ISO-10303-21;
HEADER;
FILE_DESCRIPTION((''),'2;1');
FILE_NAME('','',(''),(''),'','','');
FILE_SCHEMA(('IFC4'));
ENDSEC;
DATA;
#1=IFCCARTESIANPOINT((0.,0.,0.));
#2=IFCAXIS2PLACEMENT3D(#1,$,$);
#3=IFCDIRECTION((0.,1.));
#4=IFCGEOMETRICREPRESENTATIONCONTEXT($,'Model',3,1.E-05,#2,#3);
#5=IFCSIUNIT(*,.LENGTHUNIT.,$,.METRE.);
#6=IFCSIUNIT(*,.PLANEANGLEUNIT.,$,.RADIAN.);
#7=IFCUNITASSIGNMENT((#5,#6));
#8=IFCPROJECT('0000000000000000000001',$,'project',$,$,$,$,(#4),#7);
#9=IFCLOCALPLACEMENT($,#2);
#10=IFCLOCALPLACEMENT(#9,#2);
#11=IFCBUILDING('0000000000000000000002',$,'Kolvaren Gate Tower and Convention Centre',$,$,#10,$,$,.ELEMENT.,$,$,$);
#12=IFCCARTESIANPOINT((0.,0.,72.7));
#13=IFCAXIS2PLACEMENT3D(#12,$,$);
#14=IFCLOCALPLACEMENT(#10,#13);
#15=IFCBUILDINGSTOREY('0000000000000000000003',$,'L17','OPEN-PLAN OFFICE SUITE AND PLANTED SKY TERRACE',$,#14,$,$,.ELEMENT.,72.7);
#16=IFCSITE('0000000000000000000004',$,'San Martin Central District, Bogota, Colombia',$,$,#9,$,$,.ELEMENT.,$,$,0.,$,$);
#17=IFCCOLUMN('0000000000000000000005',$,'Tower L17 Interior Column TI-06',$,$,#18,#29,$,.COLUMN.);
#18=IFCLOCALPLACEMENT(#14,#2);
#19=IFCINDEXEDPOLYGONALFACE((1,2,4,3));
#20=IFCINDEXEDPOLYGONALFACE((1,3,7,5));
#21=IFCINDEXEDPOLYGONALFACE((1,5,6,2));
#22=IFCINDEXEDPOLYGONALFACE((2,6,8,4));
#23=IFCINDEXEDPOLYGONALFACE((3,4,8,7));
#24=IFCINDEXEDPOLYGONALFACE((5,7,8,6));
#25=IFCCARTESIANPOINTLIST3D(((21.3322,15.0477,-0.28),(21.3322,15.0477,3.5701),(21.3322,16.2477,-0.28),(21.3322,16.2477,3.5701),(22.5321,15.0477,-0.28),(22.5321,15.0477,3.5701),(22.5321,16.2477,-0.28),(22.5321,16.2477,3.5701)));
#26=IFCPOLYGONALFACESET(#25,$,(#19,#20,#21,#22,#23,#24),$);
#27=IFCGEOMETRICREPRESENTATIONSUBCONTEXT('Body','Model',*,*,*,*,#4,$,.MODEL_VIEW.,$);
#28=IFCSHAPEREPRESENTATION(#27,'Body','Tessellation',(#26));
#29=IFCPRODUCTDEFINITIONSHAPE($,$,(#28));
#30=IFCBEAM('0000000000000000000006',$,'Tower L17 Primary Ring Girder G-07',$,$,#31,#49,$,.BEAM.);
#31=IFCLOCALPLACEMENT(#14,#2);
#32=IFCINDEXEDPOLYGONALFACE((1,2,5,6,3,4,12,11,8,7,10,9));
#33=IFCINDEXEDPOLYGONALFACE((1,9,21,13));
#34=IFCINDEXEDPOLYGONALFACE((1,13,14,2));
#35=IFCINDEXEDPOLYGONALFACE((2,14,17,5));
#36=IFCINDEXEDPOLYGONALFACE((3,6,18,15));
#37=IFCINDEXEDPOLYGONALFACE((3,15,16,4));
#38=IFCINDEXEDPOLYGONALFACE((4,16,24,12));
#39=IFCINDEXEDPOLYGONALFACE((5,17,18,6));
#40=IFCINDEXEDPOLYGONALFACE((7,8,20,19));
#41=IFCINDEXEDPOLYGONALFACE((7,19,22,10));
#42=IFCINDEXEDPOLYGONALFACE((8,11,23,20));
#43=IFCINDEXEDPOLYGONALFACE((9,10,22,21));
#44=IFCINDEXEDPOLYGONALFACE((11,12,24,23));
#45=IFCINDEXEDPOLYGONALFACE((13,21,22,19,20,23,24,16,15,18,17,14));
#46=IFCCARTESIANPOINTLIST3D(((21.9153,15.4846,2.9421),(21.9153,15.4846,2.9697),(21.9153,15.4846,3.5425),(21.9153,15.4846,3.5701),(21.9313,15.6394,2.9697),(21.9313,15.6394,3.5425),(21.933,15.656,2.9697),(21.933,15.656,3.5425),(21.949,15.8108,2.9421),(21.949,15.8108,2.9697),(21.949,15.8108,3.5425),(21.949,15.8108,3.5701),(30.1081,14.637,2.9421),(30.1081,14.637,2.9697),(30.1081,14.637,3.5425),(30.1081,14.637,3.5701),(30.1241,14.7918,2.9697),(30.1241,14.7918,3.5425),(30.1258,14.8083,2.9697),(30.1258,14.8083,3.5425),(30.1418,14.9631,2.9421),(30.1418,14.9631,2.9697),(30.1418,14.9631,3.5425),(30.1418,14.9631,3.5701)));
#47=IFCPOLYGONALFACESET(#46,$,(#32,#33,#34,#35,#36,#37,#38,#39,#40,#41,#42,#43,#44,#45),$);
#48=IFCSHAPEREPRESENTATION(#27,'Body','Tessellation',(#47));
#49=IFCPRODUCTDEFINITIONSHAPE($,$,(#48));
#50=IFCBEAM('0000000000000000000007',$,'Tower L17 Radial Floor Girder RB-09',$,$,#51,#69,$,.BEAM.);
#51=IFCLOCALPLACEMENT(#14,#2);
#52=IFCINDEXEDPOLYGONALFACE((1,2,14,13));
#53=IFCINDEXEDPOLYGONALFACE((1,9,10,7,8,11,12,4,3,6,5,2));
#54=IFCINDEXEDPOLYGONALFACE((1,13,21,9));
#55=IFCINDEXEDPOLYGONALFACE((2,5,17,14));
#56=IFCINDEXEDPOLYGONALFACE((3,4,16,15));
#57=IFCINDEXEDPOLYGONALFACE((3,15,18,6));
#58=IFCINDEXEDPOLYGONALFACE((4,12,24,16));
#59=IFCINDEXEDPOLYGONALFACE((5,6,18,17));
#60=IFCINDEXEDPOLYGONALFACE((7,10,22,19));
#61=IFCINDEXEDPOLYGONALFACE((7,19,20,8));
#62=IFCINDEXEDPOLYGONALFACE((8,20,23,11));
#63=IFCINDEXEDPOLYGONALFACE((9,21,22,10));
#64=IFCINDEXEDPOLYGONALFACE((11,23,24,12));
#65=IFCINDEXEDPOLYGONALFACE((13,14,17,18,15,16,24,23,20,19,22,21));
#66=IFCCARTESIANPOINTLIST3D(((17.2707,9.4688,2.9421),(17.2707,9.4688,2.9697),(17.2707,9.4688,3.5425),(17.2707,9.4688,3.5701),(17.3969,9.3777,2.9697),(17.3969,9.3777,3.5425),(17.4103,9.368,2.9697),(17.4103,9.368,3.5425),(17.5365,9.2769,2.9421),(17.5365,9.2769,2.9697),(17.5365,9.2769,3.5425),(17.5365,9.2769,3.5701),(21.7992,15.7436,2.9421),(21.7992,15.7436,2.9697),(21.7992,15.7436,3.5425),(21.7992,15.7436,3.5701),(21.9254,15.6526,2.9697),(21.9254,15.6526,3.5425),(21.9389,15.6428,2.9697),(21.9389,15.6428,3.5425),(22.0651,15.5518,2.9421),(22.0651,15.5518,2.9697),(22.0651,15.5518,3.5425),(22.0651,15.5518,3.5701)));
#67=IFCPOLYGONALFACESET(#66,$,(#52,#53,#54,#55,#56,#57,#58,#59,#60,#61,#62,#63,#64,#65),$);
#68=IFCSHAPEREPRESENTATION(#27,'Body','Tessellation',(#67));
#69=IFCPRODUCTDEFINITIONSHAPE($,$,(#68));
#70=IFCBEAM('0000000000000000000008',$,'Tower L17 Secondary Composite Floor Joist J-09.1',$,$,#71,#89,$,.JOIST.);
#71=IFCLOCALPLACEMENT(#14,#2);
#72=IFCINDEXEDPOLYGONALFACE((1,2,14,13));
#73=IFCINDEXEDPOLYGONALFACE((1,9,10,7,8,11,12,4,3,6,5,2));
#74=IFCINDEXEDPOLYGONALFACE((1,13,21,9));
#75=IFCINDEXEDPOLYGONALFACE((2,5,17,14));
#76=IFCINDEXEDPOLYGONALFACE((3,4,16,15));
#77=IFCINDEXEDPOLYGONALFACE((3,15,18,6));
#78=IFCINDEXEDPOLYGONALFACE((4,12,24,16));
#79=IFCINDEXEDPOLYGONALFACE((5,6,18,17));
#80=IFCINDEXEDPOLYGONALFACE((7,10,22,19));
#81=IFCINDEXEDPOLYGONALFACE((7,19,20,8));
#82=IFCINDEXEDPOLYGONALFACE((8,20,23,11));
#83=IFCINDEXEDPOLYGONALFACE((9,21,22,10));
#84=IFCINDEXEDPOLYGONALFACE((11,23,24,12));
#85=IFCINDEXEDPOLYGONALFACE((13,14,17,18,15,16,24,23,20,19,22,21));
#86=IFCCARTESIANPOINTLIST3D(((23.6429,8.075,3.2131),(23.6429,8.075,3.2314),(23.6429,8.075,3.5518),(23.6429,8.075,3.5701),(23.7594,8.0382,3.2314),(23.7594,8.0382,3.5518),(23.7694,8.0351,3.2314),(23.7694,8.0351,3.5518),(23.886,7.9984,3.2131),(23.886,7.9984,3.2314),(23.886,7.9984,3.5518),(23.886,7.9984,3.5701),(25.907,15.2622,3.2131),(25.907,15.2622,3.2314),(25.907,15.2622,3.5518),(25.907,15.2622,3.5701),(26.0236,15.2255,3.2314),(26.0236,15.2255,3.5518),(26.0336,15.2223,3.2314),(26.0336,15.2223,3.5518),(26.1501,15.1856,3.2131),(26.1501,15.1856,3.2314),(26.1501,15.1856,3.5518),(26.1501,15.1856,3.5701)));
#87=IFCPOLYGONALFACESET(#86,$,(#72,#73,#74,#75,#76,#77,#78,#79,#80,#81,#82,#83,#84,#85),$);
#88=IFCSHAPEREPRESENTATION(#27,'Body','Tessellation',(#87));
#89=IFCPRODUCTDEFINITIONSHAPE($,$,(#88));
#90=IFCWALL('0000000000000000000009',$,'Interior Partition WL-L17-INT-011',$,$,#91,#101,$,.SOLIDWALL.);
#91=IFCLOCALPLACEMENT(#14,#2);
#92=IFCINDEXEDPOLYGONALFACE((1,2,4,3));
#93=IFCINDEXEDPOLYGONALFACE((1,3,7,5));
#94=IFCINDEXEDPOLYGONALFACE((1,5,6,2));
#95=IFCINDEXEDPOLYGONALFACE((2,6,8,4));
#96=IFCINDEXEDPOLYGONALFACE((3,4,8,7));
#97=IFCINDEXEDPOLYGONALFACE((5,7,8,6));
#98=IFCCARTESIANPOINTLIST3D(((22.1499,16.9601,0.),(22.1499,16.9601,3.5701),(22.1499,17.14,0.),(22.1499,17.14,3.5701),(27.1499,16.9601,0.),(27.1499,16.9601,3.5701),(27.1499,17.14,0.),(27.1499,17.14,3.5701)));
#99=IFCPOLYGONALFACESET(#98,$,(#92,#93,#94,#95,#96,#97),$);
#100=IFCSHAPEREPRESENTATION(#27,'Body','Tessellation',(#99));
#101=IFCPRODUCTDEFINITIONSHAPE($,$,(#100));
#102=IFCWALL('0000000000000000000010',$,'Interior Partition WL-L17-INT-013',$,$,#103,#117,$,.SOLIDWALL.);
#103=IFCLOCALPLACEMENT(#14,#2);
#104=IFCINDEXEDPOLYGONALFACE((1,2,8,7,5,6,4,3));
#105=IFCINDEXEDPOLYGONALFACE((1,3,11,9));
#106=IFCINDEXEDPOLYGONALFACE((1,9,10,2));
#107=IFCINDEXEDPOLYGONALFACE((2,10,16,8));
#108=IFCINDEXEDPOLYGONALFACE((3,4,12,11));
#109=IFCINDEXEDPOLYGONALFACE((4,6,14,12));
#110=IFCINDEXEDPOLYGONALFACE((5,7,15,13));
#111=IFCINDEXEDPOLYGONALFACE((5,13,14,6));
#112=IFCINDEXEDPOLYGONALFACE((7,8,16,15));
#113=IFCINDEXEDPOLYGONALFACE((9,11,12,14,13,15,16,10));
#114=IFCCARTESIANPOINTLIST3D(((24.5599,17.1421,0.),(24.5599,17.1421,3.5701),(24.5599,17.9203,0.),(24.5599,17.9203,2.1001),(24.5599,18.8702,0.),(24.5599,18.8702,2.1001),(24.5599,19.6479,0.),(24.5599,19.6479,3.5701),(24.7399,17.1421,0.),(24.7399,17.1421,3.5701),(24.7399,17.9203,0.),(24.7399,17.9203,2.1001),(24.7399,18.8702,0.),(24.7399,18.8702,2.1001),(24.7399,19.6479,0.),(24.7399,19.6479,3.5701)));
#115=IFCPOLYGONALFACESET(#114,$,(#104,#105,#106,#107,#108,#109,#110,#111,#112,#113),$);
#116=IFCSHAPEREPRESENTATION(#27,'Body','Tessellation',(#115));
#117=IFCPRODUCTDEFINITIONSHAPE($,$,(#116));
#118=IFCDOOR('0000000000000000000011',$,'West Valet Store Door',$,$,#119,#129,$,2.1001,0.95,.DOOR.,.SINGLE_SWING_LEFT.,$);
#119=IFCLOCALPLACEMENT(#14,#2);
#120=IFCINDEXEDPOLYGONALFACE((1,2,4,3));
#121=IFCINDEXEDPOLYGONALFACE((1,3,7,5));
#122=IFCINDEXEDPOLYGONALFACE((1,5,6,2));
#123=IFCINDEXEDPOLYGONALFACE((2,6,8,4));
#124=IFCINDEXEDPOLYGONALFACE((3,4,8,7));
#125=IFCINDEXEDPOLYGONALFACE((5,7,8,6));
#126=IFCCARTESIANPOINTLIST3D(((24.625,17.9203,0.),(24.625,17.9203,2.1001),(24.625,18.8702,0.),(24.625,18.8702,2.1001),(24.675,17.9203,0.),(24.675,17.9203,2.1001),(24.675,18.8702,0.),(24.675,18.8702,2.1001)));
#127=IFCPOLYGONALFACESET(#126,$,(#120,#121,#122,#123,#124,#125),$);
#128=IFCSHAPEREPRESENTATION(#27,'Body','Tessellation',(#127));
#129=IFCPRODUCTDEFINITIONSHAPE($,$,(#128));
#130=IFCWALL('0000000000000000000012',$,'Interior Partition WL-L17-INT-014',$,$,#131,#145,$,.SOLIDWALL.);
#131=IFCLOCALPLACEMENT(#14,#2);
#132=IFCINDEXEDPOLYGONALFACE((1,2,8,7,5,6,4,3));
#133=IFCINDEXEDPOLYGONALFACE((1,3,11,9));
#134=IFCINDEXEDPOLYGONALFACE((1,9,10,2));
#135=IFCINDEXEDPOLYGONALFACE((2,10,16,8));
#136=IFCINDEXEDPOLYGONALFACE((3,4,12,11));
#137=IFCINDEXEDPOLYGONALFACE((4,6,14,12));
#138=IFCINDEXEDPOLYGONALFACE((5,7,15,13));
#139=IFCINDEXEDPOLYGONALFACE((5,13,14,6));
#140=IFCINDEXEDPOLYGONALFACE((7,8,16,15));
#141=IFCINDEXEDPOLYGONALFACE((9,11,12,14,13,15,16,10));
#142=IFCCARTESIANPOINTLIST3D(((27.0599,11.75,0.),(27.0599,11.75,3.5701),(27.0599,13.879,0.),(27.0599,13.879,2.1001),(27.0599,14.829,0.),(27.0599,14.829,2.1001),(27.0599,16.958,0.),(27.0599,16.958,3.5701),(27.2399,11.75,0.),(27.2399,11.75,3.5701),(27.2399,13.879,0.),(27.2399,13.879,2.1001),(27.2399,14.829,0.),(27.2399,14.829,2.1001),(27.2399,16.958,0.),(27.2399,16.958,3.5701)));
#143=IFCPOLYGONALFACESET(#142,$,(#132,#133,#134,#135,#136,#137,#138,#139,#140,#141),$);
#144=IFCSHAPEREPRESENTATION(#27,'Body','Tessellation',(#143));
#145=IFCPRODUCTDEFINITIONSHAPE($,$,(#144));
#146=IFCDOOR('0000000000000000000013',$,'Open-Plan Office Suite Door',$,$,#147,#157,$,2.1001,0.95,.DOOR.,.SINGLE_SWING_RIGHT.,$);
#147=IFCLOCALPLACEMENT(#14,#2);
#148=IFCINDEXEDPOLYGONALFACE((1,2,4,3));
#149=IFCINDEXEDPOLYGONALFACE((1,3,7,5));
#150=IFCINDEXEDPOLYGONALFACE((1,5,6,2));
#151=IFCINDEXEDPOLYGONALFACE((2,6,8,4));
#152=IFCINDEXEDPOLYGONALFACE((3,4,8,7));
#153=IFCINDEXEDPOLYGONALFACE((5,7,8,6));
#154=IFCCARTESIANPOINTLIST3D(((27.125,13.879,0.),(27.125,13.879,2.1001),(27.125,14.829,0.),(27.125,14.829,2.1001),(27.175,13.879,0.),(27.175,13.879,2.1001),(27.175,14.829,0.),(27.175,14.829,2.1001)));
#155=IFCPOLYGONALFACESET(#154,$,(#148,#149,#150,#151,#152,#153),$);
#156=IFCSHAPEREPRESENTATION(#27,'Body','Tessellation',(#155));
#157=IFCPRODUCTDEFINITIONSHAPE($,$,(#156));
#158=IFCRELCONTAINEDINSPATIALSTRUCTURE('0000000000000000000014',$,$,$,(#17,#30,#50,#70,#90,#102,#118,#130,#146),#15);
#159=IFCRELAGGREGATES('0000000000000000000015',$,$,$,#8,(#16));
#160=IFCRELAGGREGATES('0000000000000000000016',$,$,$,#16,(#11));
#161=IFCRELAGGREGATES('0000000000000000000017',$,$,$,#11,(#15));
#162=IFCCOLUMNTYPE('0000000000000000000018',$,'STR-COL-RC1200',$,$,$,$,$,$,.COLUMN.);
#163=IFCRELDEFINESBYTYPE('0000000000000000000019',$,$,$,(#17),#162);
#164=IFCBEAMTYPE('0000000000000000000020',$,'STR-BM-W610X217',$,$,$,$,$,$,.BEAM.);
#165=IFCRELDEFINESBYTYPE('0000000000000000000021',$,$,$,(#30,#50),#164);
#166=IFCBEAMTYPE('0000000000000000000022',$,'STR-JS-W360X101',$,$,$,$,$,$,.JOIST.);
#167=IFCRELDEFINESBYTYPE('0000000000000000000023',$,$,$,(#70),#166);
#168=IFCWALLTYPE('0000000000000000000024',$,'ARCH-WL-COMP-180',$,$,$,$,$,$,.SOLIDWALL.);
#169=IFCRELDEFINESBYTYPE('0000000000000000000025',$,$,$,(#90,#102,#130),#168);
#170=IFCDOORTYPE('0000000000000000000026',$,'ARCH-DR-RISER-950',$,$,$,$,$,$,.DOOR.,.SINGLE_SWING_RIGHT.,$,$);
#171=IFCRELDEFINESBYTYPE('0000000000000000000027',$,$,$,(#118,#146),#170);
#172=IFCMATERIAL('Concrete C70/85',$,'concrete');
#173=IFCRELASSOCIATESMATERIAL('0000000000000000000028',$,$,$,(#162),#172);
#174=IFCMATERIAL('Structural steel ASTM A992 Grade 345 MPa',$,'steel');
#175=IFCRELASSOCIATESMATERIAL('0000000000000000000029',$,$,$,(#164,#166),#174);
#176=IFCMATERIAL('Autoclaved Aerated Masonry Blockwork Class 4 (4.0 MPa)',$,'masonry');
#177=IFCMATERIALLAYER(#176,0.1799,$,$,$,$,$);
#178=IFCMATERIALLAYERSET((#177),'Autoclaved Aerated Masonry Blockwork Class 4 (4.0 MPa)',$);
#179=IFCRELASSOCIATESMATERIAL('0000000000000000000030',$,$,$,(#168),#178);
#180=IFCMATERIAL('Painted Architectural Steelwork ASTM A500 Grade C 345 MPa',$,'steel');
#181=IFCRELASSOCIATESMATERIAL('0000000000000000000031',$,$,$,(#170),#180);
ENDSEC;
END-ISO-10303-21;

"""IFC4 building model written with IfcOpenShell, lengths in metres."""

from ifc_helpers import new_model, si_unit, direction, frame, frame_2d, origin, origin_2d, place, context, subcontext, project, spatial, rectangle, i_section, extrude, material, layer, layer_set, material_profile, profile_set, type_object, element, fill, save


model = new_model("IFC4")

# Units and contexts
model_context = context("Model", 3, precision=1e-05, world=origin(), true_north=direction((0.0, 1.0)))
body_context = subcontext(model_context, "Body", "Model", "MODEL_VIEW")
ifc_project = project(units=[si_unit("LENGTHUNIT", "METRE"), si_unit("PLANEANGLEUNIT", "RADIAN")], contexts=[model_context])

# Site, building, storey
site_placement = place(None, origin())
site = spatial("IfcSite", under=ifc_project, at=site_placement, Name="San Martin Central District, Bogota, Colombia", CompositionType="ELEMENT", RefElevation=0.0)
building_placement = place(site_placement, origin())
building = spatial("IfcBuilding", under=site, at=building_placement, Name="Kolvaren Gate Tower and Convention Centre", CompositionType="ELEMENT")
storey_placement = place(building_placement, frame((0.0, 0.0, 72.7)))
storey = spatial("IfcBuildingStorey", under=building, at=storey_placement, Name="L17", Description="OPEN-PLAN OFFICE SUITE AND PLANTED SKY TERRACE", CompositionType="ELEMENT", Elevation=72.7)

# Column
ifc_material_1 = material(Name="Concrete C70/85", Category="concrete")
ifc_material_profile_1 = material_profile(ifc_material_1, rectangle(XDim=1.2, YDim=1.2, at=origin_2d()), Name="RC-COL-1200X1200")
ifc_profile_set_1 = profile_set([ifc_material_profile_1], Name="Concrete C70/85")
column_type = type_object("IfcColumnType", Name="STR-COL-RC1200", PredefinedType="COLUMN", material=ifc_profile_set_1)
column_placement = place(storey_placement, frame((21.9321, 15.6477, -0.28), z_axis=(0.0, 0.0, 1.0), x_axis=(1.0, 0.0, 0.0)))
element("IfcColumn", 1, at=column_placement, inside=storey, type_object=column_type, Name="Tower L17 Interior Column TI-06", PredefinedType="COLUMN", context=body_context, shape_type="SweptSolid", body=[
    extrude(rectangle(XDim=1.2, YDim=1.2, at=origin_2d()), origin(), (0.0, 0.0, 1.0), 3.8501),
])

# Beams
ifc_material_2 = material(Name="Structural steel ASTM A992 Grade 345 MPa", Category="steel")
ifc_material_profile_2 = material_profile(ifc_material_2, i_section(OverallWidth=0.3279, OverallDepth=0.6279, WebThickness=0.0166, FlangeThickness=0.0276, at=origin_2d()), Name="W610X217")
ifc_profile_set_2 = profile_set([ifc_material_profile_2], Name="Structural steel ASTM A992 Grade 345 MPa")
beam_type_1 = type_object("IfcBeamType", Name="STR-BM-W610X217", PredefinedType="BEAM", material=ifc_profile_set_2)
beam_1_placement = place(storey_placement, frame((21.9321, 15.6477, 3.2561), z_axis=(0.99469, -0.102913, 0.0), x_axis=(0.102913, 0.99469, 0.0)))
element("IfcBeam", 2, at=beam_1_placement, inside=storey, type_object=beam_type_1, Name="Tower L17 Primary Ring Girder G-07", PredefinedType="BEAM", context=body_context, shape_type="SweptSolid", body=[
    extrude(i_section(OverallWidth=0.3279, OverallDepth=0.6279, WebThickness=0.0166, FlangeThickness=0.0276, at=origin_2d()), origin(), (0.0, 0.0, 1.0), 8.2366),
])
beam_2_placement = place(storey_placement, frame((21.9321, 15.6477, 3.2561), z_axis=(-0.585209, -0.810882, 0.0), x_axis=(0.810882, -0.585209, 0.0)))
element("IfcBeam", 3, at=beam_2_placement, inside=storey, type_object=beam_type_1, Name="Tower L17 Radial Floor Girder RB-09", PredefinedType="BEAM", context=body_context, shape_type="SweptSolid", body=[
    extrude(i_section(OverallWidth=0.3279, OverallDepth=0.6279, WebThickness=0.0166, FlangeThickness=0.0276, at=origin_2d()), origin(), (0.0, 0.0, 1.0), 7.7383),
])
ifc_material_profile_3 = material_profile(ifc_material_2, i_section(OverallWidth=0.2549, OverallDepth=0.3569, WebThickness=0.0105, FlangeThickness=0.0183, at=origin_2d()), Name="W360X101")
ifc_profile_set_3 = profile_set([ifc_material_profile_3], Name="Structural steel ASTM A992 Grade 345 MPa")
beam_type_2 = type_object("IfcBeamType", Name="STR-JS-W360X101", PredefinedType="JOIST", material=ifc_profile_set_3)
beam_3_placement = place(storey_placement, frame((26.0286, 15.2239, 3.3916), z_axis=(-0.300468, -0.953792, 0.0), x_axis=(0.953792, -0.300468, 0.0)))
element("IfcBeam", 4, at=beam_3_placement, inside=storey, type_object=beam_type_2, Name="Tower L17 Secondary Composite Floor Joist J-09.1", PredefinedType="JOIST", context=body_context, shape_type="SweptSolid", body=[
    extrude(i_section(OverallWidth=0.2549, OverallDepth=0.3569, WebThickness=0.0105, FlangeThickness=0.0183, at=origin_2d()), origin(), (0.0, 0.0, 1.0), 7.5354),
])

# Wall
ifc_material_3 = material(Name="Autoclaved Aerated Masonry Blockwork Class 4 (4.0 MPa)", Category="masonry")
ifc_layer_1 = layer(ifc_material_3, 0.1799)
ifc_layer_set_1 = layer_set([ifc_layer_1], Name="Autoclaved Aerated Masonry Blockwork Class 4 (4.0 MPa)")
wall_type_1 = type_object("IfcWallType", Name="ARCH-WL-COMP-180", PredefinedType="SOLIDWALL", material=ifc_layer_set_1)
wall_1_placement = place(storey_placement, frame((22.1499, 17.05, 0.0), z_axis=(0.0, 0.0, 1.0), x_axis=(1.0, 0.0, 0.0)))
element("IfcWall", 5, at=wall_1_placement, inside=storey, type_object=wall_type_1, Name="Interior Partition WL-L17-INT-011", PredefinedType="SOLIDWALL", context=body_context, shape_type="SweptSolid", body=[
    extrude(rectangle(XDim=5.0, YDim=0.1799, at=frame_2d((2.5, 0.0))), origin(), (0.0, 0.0, 1.0), 3.5701),
])

# Walls, openings, doors
wall_2_placement = place(storey_placement, frame((24.6499, 17.1421, 0.0), z_axis=(0.0, 0.0, 1.0), x_axis=(0.0, 1.0, 0.0)))
wall_2 = element("IfcWall", 6, at=wall_2_placement, inside=storey, type_object=wall_type_1, Name="Interior Partition WL-L17-INT-013", PredefinedType="SOLIDWALL", context=body_context, shape_type="SweptSolid", body=[
    extrude(rectangle(XDim=2.5059, YDim=0.1799, at=frame_2d((1.2529, 0.0))), origin(), (0.0, 0.0, 1.0), 3.5701),
])
opening_1_placement = place(wall_2_placement, frame((0.7781, 0.0, 0.0)))
opening_1 = element("IfcOpeningElement", 7, at=opening_1_placement, cuts=wall_2, PredefinedType="OPENING", context=body_context, shape_type="SweptSolid", body=[
    extrude(rectangle(XDim=0.95, YDim=2.1001, at=frame_2d((0.4751, 1.05))), frame((0.0, 0.0999, 0.0), z_axis=(0.0, -1.0, 0.0), x_axis=(1.0, 0.0, 0.0)), (0.0, 0.0, 1.0), 0.2),
])
ifc_material_4 = material(Name="Painted Architectural Steelwork ASTM A500 Grade C 345 MPa", Category="steel")
door_type_1 = type_object("IfcDoorType", Name="ARCH-DR-RISER-950", OperationType="SINGLE_SWING_RIGHT", PredefinedType="DOOR", material=ifc_material_4)
door_1_placement = place(opening_1_placement, origin())
door_1 = element("IfcDoor", 8, at=door_1_placement, inside=storey, type_object=door_type_1, Name="West Valet Store Door", OperationType="SINGLE_SWING_LEFT", OverallHeight=2.1001, OverallWidth=0.95, PredefinedType="DOOR", context=body_context, shape_type="SweptSolid", body=[
    extrude(rectangle(XDim=0.95, YDim=2.1001, at=frame_2d((0.4751, 1.05))), frame((0.0, 0.0249, 0.0), z_axis=(0.0, -1.0, 0.0), x_axis=(1.0, 0.0, 0.0)), (0.0, 0.0, 1.0), 0.05),
])
fill(opening_1, door_1)
wall_3_placement = place(storey_placement, frame((27.1499, 11.75, 0.0), z_axis=(0.0, 0.0, 1.0), x_axis=(0.0, 1.0, 0.0)))
wall_3 = element("IfcWall", 9, at=wall_3_placement, inside=storey, type_object=wall_type_1, Name="Interior Partition WL-L17-INT-014", PredefinedType="SOLIDWALL", context=body_context, shape_type="SweptSolid", body=[
    extrude(rectangle(XDim=5.208, YDim=0.1799, at=frame_2d((2.604, 0.0))), origin(), (0.0, 0.0, 1.0), 3.5701),
])
opening_2_placement = place(wall_3_placement, frame((2.1289, 0.0, 0.0)))
opening_2 = element("IfcOpeningElement", 10, at=opening_2_placement, cuts=wall_3, PredefinedType="OPENING", context=body_context, shape_type="SweptSolid", body=[
    extrude(rectangle(XDim=0.95, YDim=2.1001, at=frame_2d((0.4751, 1.05))), frame((0.0, 0.0999, 0.0), z_axis=(0.0, -1.0, 0.0), x_axis=(1.0, 0.0, 0.0)), (0.0, 0.0, 1.0), 0.2),
])
door_2_placement = place(opening_2_placement, origin())
door_2 = element("IfcDoor", 11, at=door_2_placement, inside=storey, type_object=door_type_1, Name="Open-Plan Office Suite Door", OperationType="SINGLE_SWING_RIGHT", OverallHeight=2.1001, OverallWidth=0.95, PredefinedType="DOOR", context=body_context, shape_type="SweptSolid", body=[
    extrude(rectangle(XDim=0.95, YDim=2.1001, at=frame_2d((0.4751, 1.05))), frame((0.0, 0.0249, 0.0), z_axis=(0.0, -1.0, 0.0), x_axis=(1.0, 0.0, 0.0)), (0.0, 0.0, 1.0), 0.05),
])
fill(opening_2, door_2)

save(model, "model.ifc")
